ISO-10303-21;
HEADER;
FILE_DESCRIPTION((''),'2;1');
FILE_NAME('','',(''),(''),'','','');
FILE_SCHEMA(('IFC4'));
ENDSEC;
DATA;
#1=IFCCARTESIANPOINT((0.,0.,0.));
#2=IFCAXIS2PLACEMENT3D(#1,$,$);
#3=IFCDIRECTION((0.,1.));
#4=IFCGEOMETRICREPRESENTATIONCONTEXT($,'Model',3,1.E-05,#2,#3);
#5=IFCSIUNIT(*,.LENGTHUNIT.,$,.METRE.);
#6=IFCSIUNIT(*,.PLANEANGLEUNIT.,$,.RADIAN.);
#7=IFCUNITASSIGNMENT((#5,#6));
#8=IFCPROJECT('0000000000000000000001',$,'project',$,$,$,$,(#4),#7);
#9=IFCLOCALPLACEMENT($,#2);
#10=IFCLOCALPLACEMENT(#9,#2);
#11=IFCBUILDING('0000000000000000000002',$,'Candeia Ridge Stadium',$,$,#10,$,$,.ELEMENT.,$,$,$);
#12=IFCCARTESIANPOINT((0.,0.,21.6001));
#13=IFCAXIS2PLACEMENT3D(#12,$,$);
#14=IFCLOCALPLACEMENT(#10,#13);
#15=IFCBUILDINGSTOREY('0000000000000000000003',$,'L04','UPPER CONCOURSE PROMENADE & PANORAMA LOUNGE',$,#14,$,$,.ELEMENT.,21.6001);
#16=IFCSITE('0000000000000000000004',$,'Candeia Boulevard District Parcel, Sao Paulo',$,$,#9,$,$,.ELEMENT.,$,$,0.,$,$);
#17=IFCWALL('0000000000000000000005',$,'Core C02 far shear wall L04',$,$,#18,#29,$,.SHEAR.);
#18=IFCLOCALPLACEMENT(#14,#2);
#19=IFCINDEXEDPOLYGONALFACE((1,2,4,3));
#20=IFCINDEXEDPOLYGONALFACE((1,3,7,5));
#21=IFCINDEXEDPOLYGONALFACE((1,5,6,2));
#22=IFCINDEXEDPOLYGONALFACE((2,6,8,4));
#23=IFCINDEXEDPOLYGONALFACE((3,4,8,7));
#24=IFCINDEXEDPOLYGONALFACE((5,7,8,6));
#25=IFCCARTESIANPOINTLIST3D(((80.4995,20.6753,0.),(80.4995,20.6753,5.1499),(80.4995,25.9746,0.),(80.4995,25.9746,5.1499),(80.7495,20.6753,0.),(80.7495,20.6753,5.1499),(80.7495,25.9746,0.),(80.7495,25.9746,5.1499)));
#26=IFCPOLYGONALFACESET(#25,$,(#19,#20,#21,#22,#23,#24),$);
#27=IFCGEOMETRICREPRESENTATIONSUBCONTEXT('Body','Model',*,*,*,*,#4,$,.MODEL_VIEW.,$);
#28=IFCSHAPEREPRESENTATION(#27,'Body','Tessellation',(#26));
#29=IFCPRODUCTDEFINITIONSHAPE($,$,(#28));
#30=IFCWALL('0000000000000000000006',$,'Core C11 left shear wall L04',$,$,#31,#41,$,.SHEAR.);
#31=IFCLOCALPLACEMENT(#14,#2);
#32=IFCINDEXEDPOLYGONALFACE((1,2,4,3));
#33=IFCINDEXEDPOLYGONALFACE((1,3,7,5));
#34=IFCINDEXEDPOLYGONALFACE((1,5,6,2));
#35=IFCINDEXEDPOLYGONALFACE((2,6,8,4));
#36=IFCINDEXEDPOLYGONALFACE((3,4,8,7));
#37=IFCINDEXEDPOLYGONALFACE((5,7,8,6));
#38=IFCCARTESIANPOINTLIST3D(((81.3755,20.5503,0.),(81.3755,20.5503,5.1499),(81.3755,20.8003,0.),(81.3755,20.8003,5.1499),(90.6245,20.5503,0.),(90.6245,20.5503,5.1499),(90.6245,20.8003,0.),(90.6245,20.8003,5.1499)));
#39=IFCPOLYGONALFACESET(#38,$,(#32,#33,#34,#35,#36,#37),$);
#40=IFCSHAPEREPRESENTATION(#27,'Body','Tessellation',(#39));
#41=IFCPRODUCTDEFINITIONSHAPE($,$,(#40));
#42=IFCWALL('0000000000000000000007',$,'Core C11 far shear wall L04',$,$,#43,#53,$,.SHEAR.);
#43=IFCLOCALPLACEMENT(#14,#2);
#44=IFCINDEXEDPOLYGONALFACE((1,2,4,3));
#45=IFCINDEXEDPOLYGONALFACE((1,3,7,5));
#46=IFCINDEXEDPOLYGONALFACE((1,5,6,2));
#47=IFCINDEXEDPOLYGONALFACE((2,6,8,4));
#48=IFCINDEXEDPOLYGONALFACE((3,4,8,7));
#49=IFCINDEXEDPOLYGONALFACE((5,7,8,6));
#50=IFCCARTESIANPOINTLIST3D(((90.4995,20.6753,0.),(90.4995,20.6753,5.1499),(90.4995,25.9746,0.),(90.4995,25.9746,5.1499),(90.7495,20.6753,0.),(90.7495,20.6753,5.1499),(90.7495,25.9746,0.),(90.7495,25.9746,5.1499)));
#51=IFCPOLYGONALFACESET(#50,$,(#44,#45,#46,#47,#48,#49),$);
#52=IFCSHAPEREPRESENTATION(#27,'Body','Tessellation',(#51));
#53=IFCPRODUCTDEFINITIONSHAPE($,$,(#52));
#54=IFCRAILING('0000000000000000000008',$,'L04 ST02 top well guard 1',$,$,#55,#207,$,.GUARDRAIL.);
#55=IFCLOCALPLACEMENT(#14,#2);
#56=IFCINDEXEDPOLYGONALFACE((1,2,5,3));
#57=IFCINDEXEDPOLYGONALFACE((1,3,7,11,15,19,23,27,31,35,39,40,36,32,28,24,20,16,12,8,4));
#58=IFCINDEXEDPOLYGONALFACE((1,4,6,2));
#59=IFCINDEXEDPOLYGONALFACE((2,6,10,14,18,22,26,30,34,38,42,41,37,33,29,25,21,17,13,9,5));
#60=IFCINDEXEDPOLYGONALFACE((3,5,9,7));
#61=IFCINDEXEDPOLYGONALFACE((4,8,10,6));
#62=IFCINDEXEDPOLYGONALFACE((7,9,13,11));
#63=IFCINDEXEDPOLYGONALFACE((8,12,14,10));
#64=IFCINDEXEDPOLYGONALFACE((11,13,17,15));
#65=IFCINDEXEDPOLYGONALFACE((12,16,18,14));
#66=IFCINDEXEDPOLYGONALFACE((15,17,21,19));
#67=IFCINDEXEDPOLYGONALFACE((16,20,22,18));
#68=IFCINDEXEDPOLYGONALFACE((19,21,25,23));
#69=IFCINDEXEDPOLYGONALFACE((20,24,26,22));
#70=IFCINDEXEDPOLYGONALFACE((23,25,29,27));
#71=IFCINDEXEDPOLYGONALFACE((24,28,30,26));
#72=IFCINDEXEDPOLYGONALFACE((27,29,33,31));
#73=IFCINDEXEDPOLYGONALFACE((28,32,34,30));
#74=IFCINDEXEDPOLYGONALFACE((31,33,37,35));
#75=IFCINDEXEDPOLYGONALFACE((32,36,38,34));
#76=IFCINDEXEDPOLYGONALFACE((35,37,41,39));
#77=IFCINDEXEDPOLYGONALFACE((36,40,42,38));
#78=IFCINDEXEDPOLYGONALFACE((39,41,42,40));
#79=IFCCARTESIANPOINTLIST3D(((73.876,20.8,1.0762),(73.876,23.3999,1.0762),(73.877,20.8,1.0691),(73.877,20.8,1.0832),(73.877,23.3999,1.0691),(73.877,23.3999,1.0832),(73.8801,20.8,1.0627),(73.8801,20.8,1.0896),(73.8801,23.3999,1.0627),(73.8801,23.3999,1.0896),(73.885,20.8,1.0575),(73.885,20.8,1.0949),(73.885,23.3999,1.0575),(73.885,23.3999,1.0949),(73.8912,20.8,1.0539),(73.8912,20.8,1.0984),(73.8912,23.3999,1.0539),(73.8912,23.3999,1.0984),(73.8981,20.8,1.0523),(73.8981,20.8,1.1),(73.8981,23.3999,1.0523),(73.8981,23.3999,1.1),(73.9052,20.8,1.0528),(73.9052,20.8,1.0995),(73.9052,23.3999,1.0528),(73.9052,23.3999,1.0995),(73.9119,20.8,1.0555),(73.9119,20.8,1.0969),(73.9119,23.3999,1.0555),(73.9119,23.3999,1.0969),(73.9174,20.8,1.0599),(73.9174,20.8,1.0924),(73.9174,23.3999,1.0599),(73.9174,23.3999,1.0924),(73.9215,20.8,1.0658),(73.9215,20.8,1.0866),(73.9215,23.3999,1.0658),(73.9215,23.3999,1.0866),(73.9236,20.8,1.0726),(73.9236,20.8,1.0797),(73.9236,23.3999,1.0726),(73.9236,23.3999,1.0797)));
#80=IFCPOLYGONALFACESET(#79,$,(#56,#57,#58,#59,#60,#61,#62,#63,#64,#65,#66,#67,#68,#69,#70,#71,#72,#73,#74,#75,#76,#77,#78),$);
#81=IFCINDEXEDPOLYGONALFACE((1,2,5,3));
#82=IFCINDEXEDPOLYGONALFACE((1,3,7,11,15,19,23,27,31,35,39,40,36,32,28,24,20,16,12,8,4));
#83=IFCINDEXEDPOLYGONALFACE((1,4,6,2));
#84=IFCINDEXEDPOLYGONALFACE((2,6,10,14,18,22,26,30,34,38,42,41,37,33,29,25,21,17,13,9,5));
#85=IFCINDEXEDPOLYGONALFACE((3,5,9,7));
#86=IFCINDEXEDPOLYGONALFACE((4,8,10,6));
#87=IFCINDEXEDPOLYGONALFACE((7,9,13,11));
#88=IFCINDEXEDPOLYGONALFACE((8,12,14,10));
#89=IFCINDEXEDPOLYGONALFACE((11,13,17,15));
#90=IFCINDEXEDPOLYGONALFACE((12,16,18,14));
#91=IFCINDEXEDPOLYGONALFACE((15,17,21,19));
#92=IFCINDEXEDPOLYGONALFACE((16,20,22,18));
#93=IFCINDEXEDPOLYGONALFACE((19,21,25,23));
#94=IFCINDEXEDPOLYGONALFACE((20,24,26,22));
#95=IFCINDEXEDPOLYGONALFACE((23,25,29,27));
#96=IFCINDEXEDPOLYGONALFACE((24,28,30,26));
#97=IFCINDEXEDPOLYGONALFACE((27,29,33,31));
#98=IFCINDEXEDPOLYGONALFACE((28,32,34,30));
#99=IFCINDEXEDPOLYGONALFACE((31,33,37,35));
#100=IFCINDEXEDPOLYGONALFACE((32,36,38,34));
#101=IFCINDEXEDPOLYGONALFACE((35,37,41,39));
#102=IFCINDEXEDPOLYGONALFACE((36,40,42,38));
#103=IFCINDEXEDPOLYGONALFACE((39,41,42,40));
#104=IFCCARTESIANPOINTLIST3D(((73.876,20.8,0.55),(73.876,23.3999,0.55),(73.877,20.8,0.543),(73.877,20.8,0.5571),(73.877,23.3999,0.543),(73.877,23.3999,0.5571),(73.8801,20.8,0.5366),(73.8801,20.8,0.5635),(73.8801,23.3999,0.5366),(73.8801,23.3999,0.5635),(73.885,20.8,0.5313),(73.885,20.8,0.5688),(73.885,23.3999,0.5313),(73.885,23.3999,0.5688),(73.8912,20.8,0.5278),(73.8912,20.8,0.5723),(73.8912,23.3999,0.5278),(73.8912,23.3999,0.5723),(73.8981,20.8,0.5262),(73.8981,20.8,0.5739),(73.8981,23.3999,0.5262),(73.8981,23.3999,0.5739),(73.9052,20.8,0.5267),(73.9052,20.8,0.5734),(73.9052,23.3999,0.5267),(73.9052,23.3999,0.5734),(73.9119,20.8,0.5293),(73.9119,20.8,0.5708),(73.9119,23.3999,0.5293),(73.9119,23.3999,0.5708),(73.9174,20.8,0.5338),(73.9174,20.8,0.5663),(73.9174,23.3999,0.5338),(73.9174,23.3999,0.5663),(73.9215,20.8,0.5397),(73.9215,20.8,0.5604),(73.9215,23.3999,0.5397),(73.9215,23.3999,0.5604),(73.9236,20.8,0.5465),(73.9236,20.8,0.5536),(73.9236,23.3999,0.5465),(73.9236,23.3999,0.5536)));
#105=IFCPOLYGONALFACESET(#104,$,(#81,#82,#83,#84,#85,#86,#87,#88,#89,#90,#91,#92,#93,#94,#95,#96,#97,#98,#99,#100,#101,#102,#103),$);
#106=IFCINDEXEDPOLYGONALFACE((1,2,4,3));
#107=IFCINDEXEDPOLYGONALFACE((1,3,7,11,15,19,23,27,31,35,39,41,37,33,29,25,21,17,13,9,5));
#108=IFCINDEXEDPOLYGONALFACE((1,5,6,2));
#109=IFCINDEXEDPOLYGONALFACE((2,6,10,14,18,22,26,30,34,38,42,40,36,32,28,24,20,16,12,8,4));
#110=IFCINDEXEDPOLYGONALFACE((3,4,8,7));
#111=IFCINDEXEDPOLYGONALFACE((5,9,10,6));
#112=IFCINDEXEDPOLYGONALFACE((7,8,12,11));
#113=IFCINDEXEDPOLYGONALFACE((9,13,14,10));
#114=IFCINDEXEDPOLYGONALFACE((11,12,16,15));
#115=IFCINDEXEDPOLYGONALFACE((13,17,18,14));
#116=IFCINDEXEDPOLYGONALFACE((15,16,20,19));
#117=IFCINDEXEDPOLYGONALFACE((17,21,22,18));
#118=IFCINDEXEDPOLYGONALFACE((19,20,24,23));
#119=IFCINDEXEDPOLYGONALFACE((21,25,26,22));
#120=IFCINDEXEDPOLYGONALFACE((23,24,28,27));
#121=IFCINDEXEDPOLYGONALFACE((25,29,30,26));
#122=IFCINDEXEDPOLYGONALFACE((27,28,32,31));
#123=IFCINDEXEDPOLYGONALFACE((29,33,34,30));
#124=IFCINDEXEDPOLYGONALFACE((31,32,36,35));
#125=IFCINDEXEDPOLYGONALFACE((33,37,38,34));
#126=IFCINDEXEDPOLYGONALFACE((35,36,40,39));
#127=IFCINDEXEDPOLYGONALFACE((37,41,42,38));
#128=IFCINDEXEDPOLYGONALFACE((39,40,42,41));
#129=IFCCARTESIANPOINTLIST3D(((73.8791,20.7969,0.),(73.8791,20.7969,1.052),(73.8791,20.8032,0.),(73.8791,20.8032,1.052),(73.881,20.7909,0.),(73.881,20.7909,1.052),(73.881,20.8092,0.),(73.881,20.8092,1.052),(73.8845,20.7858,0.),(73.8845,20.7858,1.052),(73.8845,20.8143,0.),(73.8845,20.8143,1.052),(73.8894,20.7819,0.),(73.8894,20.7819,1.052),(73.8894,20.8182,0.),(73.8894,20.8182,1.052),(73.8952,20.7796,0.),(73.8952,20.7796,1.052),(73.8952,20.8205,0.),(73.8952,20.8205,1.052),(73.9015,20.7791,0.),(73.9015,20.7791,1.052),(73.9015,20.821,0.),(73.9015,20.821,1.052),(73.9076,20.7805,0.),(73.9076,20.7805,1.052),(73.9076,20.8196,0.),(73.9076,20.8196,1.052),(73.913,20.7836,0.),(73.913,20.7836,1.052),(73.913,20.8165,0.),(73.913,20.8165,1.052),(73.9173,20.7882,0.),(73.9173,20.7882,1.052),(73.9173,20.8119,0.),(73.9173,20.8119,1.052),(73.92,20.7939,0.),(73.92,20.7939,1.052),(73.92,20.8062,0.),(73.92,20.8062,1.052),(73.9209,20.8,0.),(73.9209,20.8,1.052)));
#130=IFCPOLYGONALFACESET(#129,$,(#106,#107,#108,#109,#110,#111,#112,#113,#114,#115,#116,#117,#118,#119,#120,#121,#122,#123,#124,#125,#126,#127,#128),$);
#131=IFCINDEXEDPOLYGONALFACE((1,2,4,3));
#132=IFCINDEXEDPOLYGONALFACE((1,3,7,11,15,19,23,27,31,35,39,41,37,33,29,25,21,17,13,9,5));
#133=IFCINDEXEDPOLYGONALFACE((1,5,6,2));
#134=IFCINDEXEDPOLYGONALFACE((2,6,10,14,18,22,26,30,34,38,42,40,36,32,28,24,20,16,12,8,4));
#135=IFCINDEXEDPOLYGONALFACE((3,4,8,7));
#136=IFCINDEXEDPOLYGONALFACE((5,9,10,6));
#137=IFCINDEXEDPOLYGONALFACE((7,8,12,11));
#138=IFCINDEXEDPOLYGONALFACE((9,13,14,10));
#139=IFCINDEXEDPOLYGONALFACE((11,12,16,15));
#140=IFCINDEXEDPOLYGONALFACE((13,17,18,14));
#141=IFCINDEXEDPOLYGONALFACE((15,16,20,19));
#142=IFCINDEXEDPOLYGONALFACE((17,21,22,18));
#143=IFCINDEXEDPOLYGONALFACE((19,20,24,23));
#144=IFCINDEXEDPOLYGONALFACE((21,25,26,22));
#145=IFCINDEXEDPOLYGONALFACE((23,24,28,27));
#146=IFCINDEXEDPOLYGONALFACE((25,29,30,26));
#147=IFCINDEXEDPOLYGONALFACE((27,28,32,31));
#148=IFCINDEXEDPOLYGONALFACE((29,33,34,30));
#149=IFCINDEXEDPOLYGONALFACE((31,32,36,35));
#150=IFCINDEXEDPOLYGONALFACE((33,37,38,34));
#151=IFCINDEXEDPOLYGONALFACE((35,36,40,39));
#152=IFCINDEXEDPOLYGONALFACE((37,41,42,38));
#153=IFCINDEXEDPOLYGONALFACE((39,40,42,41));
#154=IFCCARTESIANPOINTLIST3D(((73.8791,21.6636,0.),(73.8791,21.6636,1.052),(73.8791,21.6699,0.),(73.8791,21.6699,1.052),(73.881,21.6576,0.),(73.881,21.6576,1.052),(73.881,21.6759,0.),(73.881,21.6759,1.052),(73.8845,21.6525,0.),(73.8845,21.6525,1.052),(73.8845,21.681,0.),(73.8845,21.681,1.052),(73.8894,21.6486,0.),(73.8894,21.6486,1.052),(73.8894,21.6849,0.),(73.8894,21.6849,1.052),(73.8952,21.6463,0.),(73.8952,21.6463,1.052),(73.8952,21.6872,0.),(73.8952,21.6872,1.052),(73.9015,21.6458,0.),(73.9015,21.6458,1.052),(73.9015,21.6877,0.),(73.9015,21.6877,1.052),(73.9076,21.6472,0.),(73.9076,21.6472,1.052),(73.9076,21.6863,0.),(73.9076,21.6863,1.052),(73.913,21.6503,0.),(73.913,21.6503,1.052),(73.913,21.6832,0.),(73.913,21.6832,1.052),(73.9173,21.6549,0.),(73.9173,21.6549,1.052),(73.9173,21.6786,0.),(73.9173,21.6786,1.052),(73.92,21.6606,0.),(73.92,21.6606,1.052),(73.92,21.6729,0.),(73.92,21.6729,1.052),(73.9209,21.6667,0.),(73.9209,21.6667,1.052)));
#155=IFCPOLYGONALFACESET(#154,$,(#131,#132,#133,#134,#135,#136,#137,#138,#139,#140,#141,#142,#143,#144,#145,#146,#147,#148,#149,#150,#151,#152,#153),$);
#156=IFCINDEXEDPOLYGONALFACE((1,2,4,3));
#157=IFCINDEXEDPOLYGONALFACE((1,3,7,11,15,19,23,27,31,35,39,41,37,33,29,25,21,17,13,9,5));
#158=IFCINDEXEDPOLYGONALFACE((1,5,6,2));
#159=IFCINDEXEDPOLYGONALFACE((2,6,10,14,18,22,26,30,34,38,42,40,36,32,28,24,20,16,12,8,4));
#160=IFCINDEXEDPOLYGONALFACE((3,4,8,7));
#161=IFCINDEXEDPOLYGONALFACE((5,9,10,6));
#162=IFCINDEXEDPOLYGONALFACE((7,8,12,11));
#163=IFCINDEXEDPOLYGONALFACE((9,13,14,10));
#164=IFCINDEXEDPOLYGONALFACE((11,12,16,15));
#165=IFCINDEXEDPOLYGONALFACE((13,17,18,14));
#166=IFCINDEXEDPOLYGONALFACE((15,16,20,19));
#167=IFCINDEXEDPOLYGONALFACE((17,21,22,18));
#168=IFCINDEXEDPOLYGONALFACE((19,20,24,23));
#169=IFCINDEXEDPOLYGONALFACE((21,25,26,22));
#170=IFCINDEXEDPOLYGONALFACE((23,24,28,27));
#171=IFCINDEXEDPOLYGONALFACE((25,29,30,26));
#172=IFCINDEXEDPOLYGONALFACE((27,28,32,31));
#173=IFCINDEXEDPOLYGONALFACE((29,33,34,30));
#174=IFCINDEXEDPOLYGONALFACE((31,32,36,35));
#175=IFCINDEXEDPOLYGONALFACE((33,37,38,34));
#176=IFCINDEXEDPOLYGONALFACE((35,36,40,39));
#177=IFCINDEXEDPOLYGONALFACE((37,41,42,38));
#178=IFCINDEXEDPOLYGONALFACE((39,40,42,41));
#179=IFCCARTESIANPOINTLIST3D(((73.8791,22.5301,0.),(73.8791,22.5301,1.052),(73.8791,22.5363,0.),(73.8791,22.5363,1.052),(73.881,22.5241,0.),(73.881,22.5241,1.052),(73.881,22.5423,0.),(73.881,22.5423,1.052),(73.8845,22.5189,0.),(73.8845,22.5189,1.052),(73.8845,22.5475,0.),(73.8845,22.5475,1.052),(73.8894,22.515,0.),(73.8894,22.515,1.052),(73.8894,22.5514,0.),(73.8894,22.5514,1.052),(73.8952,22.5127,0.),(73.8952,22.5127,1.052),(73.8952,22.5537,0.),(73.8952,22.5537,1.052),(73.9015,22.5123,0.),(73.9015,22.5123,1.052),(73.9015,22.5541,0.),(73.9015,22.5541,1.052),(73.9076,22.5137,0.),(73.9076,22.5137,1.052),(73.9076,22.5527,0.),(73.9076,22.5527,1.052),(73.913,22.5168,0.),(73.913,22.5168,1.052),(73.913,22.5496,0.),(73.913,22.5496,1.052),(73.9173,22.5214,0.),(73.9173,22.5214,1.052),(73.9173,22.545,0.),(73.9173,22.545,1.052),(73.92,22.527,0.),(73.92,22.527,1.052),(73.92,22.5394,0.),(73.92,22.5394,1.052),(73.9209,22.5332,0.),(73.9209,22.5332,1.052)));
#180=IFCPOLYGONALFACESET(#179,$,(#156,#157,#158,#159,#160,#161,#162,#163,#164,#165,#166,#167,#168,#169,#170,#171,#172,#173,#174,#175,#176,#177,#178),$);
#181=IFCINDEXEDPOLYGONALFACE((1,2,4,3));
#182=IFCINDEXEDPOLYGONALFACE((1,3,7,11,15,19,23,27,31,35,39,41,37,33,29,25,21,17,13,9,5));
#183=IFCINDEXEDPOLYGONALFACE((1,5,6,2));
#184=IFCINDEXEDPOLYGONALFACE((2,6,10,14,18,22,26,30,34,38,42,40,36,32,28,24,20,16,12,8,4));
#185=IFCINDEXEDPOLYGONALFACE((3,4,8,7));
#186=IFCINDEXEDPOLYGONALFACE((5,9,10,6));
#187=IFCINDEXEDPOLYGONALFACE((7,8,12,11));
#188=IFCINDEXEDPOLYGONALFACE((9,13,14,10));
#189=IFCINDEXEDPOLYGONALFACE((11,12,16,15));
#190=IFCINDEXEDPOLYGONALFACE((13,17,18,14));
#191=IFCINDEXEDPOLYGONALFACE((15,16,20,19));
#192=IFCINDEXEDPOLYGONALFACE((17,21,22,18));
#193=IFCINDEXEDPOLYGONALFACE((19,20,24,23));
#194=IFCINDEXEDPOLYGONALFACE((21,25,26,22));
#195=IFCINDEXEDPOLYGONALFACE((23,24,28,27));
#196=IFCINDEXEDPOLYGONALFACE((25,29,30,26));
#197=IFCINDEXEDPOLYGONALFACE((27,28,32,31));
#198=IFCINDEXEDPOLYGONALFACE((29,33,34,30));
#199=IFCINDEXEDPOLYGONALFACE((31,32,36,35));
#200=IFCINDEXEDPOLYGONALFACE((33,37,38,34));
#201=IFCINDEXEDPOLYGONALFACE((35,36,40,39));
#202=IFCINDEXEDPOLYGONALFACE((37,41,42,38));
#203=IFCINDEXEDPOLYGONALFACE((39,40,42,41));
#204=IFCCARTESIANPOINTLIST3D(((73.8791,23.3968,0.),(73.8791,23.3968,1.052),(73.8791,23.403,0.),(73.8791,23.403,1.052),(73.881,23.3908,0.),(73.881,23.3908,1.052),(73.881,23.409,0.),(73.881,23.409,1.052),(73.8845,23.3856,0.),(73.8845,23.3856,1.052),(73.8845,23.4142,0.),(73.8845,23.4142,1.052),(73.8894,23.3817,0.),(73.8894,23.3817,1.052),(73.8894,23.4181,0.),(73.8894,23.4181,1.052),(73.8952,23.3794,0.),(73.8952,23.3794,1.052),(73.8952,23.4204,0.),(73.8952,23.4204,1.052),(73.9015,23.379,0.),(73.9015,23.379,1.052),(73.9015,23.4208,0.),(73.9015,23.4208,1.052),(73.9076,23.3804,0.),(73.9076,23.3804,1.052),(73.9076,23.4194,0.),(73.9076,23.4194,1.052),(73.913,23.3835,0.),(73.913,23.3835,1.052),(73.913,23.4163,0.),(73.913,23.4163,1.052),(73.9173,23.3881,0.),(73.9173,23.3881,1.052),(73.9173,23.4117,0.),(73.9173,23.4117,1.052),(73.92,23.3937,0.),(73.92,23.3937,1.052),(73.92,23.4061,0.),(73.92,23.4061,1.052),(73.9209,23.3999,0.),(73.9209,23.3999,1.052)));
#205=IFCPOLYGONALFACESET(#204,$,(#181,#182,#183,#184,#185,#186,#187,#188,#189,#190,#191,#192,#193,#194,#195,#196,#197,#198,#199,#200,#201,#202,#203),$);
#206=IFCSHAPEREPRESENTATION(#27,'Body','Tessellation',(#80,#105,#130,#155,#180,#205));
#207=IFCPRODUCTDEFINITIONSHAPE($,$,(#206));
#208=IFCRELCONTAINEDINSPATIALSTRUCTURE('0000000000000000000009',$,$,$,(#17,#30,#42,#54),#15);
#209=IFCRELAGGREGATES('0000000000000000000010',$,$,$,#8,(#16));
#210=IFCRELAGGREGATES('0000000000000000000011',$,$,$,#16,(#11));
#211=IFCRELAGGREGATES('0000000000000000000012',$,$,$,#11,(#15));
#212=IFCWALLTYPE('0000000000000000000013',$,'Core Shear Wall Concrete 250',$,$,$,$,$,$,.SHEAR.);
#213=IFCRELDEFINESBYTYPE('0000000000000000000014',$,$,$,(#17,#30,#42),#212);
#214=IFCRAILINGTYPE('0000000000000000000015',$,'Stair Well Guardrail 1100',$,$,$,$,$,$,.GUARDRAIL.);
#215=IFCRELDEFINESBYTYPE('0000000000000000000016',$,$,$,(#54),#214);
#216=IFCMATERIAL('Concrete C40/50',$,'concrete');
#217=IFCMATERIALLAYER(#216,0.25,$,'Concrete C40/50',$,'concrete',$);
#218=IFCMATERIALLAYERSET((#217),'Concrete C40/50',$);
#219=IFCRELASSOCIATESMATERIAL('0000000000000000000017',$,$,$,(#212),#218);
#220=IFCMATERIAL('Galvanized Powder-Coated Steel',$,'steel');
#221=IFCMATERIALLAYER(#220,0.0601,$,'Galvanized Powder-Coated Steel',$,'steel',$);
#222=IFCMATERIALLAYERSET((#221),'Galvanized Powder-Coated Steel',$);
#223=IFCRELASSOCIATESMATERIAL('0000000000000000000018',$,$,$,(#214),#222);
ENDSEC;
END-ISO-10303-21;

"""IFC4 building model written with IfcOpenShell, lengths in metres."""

from ifc_helpers import new_model, si_unit, direction, frame, frame_2d, origin, origin_2d, place, context, subcontext, project, spatial, rectangle, circle, extrude, material, layer, layer_set, type_object, element, save


model = new_model("IFC4")

# Units and contexts
model_context = context("Model", 3, precision=1e-05, world=origin(), true_north=direction((0.0, 1.0)))
body_context = subcontext(model_context, "Body", "Model", "MODEL_VIEW")
ifc_project = project(units=[si_unit("LENGTHUNIT", "METRE"), si_unit("PLANEANGLEUNIT", "RADIAN")], contexts=[model_context])

# Site, building, storey
site_placement = place(None, origin())
site = spatial("IfcSite", under=ifc_project, at=site_placement, Name="Candeia Boulevard District Parcel, Sao Paulo", CompositionType="ELEMENT", RefElevation=0.0)
building_placement = place(site_placement, origin())
building = spatial("IfcBuilding", under=site, at=building_placement, Name="Candeia Ridge Stadium", CompositionType="ELEMENT")
storey_placement = place(building_placement, frame((0.0, 0.0, 21.6001)))
storey = spatial("IfcBuildingStorey", under=building, at=storey_placement, Name="L04", Description="UPPER CONCOURSE PROMENADE & PANORAMA LOUNGE", CompositionType="ELEMENT", Elevation=21.6001)

# Walls
ifc_material_1 = material(Name="Concrete C40/50", Category="concrete")
ifc_layer_1 = layer(ifc_material_1, 0.25, Name="Concrete C40/50", Category="concrete")
ifc_layer_set_1 = layer_set([ifc_layer_1], Name="Concrete C40/50")
wall_type = type_object("IfcWallType", Name="Core Shear Wall Concrete 250", PredefinedType="SHEAR", material=ifc_layer_set_1)
wall_1_placement = place(storey_placement, frame((80.6245, 20.6753, 0.0), z_axis=(0.0, 0.0, 1.0), x_axis=(0.0, 1.0, 0.0)))
element("IfcWall", 1, at=wall_1_placement, inside=storey, type_object=wall_type, Name="Core C02 far shear wall L04", PredefinedType="SHEAR", context=body_context, shape_type="SweptSolid", body=[
    extrude(rectangle(XDim=5.2993, YDim=0.25, at=frame_2d((2.6497, 0.0))), origin(), (0.0, 0.0, 1.0), 5.1499),
])
wall_2_placement = place(storey_placement, frame((81.3755, 20.6753, 0.0), z_axis=(0.0, 0.0, 1.0), x_axis=(1.0, 0.0, 0.0)))
element("IfcWall", 2, at=wall_2_placement, inside=storey, type_object=wall_type, Name="Core C11 left shear wall L04", PredefinedType="SHEAR", context=body_context, shape_type="SweptSolid", body=[
    extrude(rectangle(XDim=9.249, YDim=0.25, at=frame_2d((4.6245, 0.0))), origin(), (0.0, 0.0, 1.0), 5.1499),
])
wall_3_placement = place(storey_placement, frame((90.6245, 20.6753, 0.0), z_axis=(0.0, 0.0, 1.0), x_axis=(0.0, 1.0, 0.0)))
element("IfcWall", 3, at=wall_3_placement, inside=storey, type_object=wall_type, Name="Core C11 far shear wall L04", PredefinedType="SHEAR", context=body_context, shape_type="SweptSolid", body=[
    extrude(rectangle(XDim=5.2993, YDim=0.25, at=frame_2d((2.6497, 0.0))), origin(), (0.0, 0.0, 1.0), 5.1499),
])

# Railing
ifc_material_2 = material(Name="Galvanized Powder-Coated Steel", Category="steel")
ifc_layer_2 = layer(ifc_material_2, 0.0601, Name="Galvanized Powder-Coated Steel", Category="steel")
ifc_layer_set_2 = layer_set([ifc_layer_2], Name="Galvanized Powder-Coated Steel")
railing_type_1 = type_object("IfcRailingType", Name="Stair Well Guardrail 1100", PredefinedType="GUARDRAIL", material=ifc_layer_set_2)
for number, where, name in (
    (4, (73.8999, 20.8, 0.0), "L04 ST02 top well guard 1"),
):
    element("IfcRailing", number, at=place(storey_placement, frame(where)), inside=storey, type_object=railing_type_1, Name=name, PredefinedType="GUARDRAIL", context=body_context, shape_type="SweptSolid", body=[
        extrude(circle(Radius=0.0239, at=origin_2d()), frame((0.0, 0.0, 1.0762), z_axis=(0.0, 1.0, 0.0), x_axis=(-1.0, 0.0, 0.0)), (0.0, 0.0, 1.0), 2.5999),
        extrude(circle(Radius=0.0239, at=origin_2d()), frame((0.0, 0.0, 0.55), z_axis=(0.0, 1.0, 0.0), x_axis=(-1.0, 0.0, 0.0)), (0.0, 0.0, 1.0), 2.5999),
        extrude(circle(Radius=0.021, at=origin_2d()), origin(), (0.0, 0.0, 1.0), 1.052),
        extrude(circle(Radius=0.021, at=origin_2d()), frame((0.0, 0.8667, 0.0)), (0.0, 0.0, 1.0), 1.052),
        extrude(circle(Radius=0.021, at=origin_2d()), frame((0.0, 1.7332, 0.0)), (0.0, 0.0, 1.0), 1.052),
        extrude(circle(Radius=0.021, at=origin_2d()), frame((0.0, 2.5999, 0.0)), (0.0, 0.0, 1.0), 1.052),
    ])

save(model, "model.ifc")
